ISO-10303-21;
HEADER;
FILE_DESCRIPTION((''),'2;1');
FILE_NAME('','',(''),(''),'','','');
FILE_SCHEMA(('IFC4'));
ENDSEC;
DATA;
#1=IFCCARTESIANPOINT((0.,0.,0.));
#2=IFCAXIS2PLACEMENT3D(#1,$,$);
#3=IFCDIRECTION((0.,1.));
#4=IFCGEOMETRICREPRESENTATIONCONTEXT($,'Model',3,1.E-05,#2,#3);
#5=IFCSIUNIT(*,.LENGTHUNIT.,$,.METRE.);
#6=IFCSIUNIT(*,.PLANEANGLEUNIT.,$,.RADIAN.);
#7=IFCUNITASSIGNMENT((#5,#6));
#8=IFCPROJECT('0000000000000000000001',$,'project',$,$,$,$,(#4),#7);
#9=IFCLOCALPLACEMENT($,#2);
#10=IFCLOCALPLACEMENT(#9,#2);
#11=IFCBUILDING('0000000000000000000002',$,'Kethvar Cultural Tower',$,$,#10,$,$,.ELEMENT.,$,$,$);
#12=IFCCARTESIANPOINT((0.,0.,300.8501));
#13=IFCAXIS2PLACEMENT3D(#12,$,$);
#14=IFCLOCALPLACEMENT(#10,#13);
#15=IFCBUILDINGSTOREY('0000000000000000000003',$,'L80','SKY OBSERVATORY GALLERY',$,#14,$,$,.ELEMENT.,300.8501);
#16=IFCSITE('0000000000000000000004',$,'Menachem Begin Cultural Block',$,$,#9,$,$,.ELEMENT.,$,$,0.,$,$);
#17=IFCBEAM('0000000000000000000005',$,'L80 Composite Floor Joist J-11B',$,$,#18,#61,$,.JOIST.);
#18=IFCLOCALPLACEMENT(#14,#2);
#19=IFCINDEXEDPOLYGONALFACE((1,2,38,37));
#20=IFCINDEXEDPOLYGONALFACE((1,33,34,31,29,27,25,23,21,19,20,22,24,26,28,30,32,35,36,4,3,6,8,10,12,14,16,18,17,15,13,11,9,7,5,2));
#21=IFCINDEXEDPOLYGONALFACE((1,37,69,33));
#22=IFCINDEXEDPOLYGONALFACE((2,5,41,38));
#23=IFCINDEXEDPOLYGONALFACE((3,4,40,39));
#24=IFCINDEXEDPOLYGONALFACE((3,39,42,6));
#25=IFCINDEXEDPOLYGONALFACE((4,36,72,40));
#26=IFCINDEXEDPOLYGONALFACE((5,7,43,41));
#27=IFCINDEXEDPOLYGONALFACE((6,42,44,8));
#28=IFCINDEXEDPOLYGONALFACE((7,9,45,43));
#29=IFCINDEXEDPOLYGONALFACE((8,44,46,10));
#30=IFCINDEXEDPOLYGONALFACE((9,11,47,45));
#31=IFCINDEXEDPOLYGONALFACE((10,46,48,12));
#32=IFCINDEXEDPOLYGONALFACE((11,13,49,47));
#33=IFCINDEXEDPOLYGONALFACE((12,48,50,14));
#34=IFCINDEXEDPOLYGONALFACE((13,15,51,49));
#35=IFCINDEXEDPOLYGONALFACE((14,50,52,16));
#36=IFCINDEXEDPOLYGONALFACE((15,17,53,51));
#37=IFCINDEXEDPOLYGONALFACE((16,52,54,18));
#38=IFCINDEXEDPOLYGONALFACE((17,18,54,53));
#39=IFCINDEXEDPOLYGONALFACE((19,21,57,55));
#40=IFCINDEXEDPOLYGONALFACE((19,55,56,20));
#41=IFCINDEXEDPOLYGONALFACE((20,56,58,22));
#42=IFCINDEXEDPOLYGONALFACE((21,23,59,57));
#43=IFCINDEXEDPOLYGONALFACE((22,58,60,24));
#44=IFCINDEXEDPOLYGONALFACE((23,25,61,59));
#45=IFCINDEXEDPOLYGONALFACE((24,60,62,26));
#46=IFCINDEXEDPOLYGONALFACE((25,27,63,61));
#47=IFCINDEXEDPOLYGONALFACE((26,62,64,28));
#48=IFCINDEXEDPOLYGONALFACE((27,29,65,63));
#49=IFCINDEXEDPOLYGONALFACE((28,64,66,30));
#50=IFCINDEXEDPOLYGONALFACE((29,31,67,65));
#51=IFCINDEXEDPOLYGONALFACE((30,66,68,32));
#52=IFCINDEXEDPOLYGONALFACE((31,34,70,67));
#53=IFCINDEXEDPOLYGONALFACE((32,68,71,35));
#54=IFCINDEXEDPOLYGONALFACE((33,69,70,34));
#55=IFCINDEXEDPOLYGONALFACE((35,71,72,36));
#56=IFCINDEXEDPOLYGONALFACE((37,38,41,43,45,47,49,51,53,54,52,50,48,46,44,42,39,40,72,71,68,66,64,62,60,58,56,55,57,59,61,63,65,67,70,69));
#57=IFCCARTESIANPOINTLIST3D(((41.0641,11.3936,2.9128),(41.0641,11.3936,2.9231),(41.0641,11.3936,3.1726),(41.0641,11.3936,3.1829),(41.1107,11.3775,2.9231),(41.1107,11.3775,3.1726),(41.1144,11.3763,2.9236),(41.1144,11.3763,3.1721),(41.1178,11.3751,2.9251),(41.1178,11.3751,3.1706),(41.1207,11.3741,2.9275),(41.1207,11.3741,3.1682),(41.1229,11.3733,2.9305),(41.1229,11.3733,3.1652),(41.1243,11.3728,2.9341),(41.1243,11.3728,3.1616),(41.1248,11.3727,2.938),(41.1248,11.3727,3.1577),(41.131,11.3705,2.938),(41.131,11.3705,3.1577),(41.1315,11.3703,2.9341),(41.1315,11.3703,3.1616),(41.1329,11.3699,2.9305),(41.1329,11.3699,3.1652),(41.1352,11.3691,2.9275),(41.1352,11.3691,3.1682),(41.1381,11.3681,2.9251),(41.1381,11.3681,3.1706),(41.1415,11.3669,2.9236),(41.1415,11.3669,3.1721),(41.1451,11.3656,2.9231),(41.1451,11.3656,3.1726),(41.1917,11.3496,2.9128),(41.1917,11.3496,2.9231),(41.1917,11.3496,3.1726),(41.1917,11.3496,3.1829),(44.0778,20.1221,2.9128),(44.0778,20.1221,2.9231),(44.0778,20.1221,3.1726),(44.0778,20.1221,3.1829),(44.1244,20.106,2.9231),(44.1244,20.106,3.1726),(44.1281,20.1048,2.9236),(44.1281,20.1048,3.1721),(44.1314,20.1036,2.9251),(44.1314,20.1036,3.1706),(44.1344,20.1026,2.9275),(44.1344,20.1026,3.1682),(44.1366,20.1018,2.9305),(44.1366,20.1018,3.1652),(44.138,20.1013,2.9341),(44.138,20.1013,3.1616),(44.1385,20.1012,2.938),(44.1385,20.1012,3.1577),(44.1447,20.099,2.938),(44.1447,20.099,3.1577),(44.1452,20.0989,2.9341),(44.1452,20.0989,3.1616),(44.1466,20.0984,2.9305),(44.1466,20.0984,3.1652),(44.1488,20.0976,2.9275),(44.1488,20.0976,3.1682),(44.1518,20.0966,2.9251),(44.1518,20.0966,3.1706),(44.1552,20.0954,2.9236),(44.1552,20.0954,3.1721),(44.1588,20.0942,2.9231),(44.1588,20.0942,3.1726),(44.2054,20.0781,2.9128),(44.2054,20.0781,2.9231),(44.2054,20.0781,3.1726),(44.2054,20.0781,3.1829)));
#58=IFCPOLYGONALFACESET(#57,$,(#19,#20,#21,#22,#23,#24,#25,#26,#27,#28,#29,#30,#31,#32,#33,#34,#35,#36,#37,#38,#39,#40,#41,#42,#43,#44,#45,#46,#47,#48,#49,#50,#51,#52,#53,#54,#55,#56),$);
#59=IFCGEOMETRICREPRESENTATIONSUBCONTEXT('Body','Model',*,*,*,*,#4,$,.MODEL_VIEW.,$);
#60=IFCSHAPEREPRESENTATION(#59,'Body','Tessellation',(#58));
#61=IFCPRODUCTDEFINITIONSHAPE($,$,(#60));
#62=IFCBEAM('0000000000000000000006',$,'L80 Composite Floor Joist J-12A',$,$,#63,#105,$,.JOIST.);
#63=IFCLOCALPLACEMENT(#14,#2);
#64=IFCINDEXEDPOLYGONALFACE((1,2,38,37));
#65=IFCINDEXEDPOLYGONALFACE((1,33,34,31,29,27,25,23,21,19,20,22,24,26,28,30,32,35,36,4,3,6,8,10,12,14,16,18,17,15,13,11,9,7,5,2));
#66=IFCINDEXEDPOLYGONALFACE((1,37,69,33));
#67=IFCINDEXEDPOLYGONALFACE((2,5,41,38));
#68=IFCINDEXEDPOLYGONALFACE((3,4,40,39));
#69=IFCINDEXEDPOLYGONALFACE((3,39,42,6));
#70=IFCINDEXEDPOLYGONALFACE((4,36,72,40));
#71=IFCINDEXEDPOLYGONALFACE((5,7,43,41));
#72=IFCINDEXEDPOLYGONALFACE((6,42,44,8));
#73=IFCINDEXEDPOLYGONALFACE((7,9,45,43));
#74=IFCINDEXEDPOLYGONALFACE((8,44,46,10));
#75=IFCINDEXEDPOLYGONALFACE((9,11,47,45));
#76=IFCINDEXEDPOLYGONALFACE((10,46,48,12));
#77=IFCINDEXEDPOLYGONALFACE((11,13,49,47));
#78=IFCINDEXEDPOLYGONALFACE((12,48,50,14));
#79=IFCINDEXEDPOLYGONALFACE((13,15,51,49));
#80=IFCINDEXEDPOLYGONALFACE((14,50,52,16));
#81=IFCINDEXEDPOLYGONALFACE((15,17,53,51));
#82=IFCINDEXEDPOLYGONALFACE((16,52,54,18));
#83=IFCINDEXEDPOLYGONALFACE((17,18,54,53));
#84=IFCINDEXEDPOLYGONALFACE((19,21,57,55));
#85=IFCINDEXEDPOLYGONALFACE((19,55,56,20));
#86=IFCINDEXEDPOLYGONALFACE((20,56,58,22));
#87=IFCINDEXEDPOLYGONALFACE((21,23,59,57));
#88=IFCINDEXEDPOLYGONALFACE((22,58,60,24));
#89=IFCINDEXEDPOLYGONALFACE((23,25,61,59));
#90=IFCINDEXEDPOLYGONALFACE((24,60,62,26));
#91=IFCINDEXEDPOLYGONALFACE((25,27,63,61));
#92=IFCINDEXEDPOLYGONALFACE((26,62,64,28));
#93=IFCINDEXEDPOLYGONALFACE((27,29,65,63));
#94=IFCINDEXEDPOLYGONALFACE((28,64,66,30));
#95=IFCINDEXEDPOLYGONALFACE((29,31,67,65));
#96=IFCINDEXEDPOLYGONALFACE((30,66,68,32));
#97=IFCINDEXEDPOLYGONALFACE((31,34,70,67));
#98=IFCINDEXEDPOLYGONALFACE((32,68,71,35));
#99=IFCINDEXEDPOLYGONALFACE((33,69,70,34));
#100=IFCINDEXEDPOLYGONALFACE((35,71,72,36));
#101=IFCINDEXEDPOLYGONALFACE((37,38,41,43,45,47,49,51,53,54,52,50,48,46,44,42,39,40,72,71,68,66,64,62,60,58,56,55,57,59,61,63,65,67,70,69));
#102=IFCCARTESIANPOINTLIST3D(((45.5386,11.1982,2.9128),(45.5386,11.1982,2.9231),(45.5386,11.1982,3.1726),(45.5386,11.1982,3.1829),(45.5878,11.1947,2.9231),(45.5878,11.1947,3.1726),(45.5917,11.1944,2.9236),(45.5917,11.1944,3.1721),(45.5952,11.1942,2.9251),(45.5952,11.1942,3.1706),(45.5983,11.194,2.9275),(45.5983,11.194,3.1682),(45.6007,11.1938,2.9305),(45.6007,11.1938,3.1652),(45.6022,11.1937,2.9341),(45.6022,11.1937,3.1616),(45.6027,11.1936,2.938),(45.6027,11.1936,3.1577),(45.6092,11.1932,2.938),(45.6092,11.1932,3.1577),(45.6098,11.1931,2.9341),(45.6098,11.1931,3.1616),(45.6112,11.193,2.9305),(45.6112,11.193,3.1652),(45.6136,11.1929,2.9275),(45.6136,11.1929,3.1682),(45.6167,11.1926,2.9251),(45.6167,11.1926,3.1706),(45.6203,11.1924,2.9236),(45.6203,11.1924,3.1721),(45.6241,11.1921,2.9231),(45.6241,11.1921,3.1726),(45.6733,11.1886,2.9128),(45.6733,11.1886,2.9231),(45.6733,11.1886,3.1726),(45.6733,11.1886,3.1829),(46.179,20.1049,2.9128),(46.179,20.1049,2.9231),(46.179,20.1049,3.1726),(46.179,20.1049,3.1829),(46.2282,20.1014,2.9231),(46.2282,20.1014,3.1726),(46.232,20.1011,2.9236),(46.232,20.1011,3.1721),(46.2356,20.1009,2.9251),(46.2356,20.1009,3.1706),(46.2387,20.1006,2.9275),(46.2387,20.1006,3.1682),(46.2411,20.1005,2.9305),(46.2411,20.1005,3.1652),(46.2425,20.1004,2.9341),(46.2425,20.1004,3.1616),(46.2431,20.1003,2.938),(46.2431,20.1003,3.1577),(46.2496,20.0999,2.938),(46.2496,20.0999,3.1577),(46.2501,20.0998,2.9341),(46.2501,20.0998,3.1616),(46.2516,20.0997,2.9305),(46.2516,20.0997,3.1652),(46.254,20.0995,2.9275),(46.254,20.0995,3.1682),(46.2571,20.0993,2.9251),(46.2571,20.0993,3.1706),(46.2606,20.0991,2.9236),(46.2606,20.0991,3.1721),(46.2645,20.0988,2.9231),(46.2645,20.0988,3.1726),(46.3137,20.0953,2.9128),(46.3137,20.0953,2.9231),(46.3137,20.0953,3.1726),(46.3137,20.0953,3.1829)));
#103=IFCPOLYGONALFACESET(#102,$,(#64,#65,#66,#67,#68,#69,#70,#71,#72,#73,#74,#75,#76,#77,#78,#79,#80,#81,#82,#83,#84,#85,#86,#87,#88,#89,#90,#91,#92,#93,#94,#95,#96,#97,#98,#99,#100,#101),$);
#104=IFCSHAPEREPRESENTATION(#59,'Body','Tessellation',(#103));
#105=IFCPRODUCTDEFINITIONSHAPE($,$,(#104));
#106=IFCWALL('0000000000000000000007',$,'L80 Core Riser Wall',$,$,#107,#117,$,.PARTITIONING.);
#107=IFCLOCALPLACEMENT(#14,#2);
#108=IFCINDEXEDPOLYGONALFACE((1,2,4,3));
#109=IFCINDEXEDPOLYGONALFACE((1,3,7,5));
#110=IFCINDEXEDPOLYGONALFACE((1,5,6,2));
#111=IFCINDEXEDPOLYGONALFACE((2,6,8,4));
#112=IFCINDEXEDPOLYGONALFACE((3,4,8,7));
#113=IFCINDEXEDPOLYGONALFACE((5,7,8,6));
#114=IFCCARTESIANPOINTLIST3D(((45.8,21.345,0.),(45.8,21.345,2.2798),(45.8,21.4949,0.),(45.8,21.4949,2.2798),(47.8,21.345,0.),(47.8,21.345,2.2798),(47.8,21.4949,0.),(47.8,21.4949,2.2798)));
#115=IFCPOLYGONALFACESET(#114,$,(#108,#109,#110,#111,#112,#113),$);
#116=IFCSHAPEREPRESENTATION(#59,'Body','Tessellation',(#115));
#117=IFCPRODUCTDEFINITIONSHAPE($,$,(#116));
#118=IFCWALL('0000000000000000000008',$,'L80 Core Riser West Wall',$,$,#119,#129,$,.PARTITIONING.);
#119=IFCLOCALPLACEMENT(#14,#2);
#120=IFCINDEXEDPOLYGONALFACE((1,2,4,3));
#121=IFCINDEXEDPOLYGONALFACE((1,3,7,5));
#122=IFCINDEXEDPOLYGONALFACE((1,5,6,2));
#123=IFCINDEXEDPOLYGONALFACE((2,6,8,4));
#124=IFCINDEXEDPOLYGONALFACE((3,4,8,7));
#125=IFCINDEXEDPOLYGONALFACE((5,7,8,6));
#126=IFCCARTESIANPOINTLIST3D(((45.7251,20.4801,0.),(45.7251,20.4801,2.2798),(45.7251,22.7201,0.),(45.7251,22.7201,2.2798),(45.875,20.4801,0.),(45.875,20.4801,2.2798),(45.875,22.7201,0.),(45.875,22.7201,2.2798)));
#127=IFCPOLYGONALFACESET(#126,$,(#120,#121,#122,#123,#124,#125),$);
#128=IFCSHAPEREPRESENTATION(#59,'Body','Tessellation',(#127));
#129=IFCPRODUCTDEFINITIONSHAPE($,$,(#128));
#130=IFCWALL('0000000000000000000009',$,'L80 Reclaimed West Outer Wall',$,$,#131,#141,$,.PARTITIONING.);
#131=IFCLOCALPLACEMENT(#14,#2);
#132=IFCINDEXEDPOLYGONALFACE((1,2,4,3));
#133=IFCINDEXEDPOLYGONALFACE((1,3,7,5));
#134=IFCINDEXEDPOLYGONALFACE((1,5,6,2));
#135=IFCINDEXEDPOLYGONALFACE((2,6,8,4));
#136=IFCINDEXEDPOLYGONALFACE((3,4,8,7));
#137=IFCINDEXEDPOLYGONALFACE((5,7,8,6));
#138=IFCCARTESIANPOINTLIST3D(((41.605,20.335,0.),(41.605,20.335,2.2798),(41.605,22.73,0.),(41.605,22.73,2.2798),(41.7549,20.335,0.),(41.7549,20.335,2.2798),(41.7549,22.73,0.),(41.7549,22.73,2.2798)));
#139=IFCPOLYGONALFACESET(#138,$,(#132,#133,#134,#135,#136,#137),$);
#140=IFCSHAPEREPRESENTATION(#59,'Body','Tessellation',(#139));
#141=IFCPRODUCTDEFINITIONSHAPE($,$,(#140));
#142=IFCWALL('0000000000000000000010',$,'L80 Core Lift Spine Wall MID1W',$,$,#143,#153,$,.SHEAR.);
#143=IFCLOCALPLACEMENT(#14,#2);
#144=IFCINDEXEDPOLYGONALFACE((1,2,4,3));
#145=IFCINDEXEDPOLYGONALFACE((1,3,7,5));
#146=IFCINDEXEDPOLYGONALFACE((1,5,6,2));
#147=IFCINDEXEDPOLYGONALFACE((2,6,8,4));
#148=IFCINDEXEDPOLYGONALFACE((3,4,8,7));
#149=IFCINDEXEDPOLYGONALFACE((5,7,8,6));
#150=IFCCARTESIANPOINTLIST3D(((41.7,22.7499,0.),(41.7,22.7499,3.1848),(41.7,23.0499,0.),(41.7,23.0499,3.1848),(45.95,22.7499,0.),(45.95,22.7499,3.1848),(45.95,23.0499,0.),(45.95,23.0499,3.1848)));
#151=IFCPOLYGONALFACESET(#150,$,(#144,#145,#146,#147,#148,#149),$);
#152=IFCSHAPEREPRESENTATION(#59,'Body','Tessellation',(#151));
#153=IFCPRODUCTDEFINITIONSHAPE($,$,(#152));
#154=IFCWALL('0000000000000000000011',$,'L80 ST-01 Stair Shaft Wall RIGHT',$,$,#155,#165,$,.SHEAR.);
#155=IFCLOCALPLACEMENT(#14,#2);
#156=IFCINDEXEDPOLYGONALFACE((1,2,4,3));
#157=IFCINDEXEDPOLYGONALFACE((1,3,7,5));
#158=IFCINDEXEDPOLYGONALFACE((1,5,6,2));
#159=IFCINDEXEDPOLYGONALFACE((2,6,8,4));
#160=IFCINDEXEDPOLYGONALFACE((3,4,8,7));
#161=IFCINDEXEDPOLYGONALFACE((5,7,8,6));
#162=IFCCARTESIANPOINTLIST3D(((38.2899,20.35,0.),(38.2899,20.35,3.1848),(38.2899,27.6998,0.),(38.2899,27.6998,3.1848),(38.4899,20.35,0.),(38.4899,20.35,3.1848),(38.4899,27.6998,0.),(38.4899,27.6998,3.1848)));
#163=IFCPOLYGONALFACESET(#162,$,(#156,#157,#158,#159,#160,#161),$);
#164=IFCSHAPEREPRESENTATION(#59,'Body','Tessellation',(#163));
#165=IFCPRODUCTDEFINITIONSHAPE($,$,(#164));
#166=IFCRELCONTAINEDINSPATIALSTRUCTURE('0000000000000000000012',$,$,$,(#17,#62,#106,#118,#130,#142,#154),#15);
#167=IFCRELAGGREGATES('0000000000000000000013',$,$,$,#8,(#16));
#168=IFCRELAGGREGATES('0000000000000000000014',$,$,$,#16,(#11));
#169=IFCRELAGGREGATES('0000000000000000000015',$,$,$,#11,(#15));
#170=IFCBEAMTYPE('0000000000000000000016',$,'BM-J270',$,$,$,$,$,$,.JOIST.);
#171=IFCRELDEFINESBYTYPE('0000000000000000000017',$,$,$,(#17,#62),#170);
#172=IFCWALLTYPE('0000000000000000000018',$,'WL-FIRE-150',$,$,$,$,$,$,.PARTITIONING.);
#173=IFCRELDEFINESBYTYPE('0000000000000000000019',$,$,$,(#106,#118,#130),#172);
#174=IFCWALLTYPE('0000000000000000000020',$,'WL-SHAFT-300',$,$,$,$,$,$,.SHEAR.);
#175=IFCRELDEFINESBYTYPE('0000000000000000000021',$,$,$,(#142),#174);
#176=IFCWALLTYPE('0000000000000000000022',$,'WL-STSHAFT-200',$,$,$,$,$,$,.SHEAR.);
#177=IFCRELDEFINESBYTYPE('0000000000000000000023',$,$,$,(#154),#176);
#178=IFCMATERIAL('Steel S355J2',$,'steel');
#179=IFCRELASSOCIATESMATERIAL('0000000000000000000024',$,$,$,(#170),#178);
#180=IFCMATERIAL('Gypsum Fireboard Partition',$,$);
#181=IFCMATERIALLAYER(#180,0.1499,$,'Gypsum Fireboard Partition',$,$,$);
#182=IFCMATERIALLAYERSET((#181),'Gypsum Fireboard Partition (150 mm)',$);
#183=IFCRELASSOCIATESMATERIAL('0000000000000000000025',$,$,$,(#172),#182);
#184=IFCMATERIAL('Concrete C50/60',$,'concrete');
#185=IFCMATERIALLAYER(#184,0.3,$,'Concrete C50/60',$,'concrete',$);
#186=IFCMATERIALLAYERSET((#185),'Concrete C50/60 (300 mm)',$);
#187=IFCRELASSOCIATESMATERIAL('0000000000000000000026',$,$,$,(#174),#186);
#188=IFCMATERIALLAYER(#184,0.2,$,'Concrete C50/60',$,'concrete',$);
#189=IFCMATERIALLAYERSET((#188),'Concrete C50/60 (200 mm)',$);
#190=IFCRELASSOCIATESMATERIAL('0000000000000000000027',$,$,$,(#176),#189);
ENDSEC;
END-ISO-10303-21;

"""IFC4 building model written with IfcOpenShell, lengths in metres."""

from ifc_helpers import new_model, si_unit, direction, frame, frame_2d, origin, origin_2d, place, context, subcontext, project, spatial, rectangle, i_section, extrude, source, transform, mapped, material, layer, layer_set, material_profile, profile_set, type_object, element, save


model = new_model("IFC4")

# Units and contexts
model_context = context("Model", 3, precision=1e-05, world=origin(), true_north=direction((0.0, 1.0)))
body_context = subcontext(model_context, "Body", "Model", "MODEL_VIEW")
ifc_project = project(units=[si_unit("LENGTHUNIT", "METRE"), si_unit("PLANEANGLEUNIT", "RADIAN")], contexts=[model_context])

# Site, building, storey
site_placement = place(None, origin())
site = spatial("IfcSite", under=ifc_project, at=site_placement, Name="Menachem Begin Cultural Block", CompositionType="ELEMENT", RefElevation=0.0)
building_placement = place(site_placement, origin())
building = spatial("IfcBuilding", under=site, at=building_placement, Name="Kethvar Cultural Tower", CompositionType="ELEMENT")
storey_placement = place(building_placement, frame((0.0, 0.0, 300.8501)))
storey = spatial("IfcBuildingStorey", under=building, at=storey_placement, Name="L80", Description="SKY OBSERVATORY GALLERY", CompositionType="ELEMENT", Elevation=300.8501)

# Beams
ifc_material_1 = material(Name="Steel S355J2", Category="steel")
ifc_material_profile_1 = material_profile(ifc_material_1, i_section(OverallWidth=0.135, OverallDepth=0.27, WebThickness=0.0066, FlangeThickness=0.0103, FilletRadius=0.0149, at=origin_2d()), Name="Steel S355J2 — IPE270")
ifc_profile_set_1 = profile_set([ifc_material_profile_1], Name="Steel S355J2 — IPE270")
beam_type_1 = type_object("IfcBeamType", Name="BM-J270", PredefinedType="JOIST", material=ifc_profile_set_1)
shared_shape_1 = source(origin(), body_context, "Body", "SweptSolid", [
    extrude(i_section(OverallWidth=0.135, OverallDepth=0.27, WebThickness=0.0066, FlangeThickness=0.0103, FilletRadius=0.0149, at=origin_2d()), origin(), (0.0, 0.0, 1.0), 9.2341),
])
beam_1_placement = place(storey_placement, frame((44.1416, 20.1001, 3.0479), z_axis=(-0.326362, -0.945245, 0.0), x_axis=(0.945245, -0.326362, 0.0)))
element("IfcBeam", 1, at=beam_1_placement, inside=storey, type_object=beam_type_1, Name="L80 Composite Floor Joist J-11B", PredefinedType="JOIST", context=body_context, shape_type="MappedRepresentation", body=[
    mapped(shared_shape_1, transform((0.0, 0.0, 0.0), scale=1.0)),
])
shared_shape_2 = source(origin(), body_context, "Body", "SweptSolid", [
    extrude(i_section(OverallWidth=0.135, OverallDepth=0.27, WebThickness=0.0066, FlangeThickness=0.0103, FilletRadius=0.0149, at=origin_2d()), origin(), (0.0, 0.0, 1.0), 8.9297),
])
beam_2_placement = place(storey_placement, frame((46.2463, 20.1001, 3.0479), z_axis=(-0.071713, -0.997425, 0.0), x_axis=(0.997425, -0.071713, 0.0)))
element("IfcBeam", 2, at=beam_2_placement, inside=storey, type_object=beam_type_1, Name="L80 Composite Floor Joist J-12A", PredefinedType="JOIST", context=body_context, shape_type="MappedRepresentation", body=[
    mapped(shared_shape_2, transform((0.0, 0.0, 0.0), scale=1.0)),
])

# Shared definitions
ifc_material_2 = material(Name="Concrete C50/60", Category="concrete")

# Walls
ifc_material_3 = material(Name="Gypsum Fireboard Partition")
ifc_layer_1 = layer(ifc_material_3, 0.1499, Name="Gypsum Fireboard Partition")
ifc_layer_set_1 = layer_set([ifc_layer_1], Name="Gypsum Fireboard Partition (150 mm)")
wall_type_1 = type_object("IfcWallType", Name="WL-FIRE-150", PredefinedType="PARTITIONING", material=ifc_layer_set_1)
wall_1_placement = place(storey_placement, frame((45.8, 21.4199, 0.0), z_axis=(0.0, 0.0, 1.0), x_axis=(1.0, 0.0, 0.0)))
element("IfcWall", 3, at=wall_1_placement, inside=storey, type_object=wall_type_1, Name="L80 Core Riser Wall", PredefinedType="PARTITIONING", context=body_context, shape_type="SweptSolid", body=[
    extrude(rectangle(XDim=2.0, YDim=0.1499, at=frame_2d((1.0, 0.0))), origin(), (0.0, 0.0, 1.0), 2.2798),
])
wall_2_placement = place(storey_placement, frame((45.8, 20.48, 0.0), z_axis=(0.0, 0.0, 1.0), x_axis=(0.0, 1.0, 0.0)))
element("IfcWall", 4, at=wall_2_placement, inside=storey, type_object=wall_type_1, Name="L80 Core Riser West Wall", PredefinedType="PARTITIONING", context=body_context, shape_type="SweptSolid", body=[
    extrude(rectangle(XDim=2.24, YDim=0.1499, at=frame_2d((1.1201, 0.0))), origin(), (0.0, 0.0, 1.0), 2.2798),
])
wall_3_placement = place(storey_placement, frame((41.6799, 20.335, 0.0), z_axis=(0.0, 0.0, 1.0), x_axis=(0.0, 1.0, 0.0)))
element("IfcWall", 5, at=wall_3_placement, inside=storey, type_object=wall_type_1, Name="L80 Reclaimed West Outer Wall", PredefinedType="PARTITIONING", context=body_context, shape_type="SweptSolid", body=[
    extrude(rectangle(XDim=2.395, YDim=0.1499, at=frame_2d((1.1975, 0.0))), origin(), (0.0, 0.0, 1.0), 2.2798),
])
ifc_layer_2 = layer(ifc_material_2, 0.3, Name="Concrete C50/60", Category="concrete")
ifc_layer_set_2 = layer_set([ifc_layer_2], Name="Concrete C50/60 (300 mm)")
wall_type_2 = type_object("IfcWallType", Name="WL-SHAFT-300", PredefinedType="SHEAR", material=ifc_layer_set_2)
wall_4_placement = place(storey_placement, frame((41.7, 22.8999, 0.0), z_axis=(0.0, 0.0, 1.0), x_axis=(1.0, 0.0, 0.0)))
element("IfcWall", 6, at=wall_4_placement, inside=storey, type_object=wall_type_2, Name="L80 Core Lift Spine Wall MID1W", PredefinedType="SHEAR", context=body_context, shape_type="SweptSolid", body=[
    extrude(rectangle(XDim=4.25, YDim=0.3, at=frame_2d((2.125, 0.0))), origin(), (0.0, 0.0, 1.0), 3.1848),
])

# Wall
ifc_layer_3 = layer(ifc_material_2, 0.2, Name="Concrete C50/60", Category="concrete")
ifc_layer_set_3 = layer_set([ifc_layer_3], Name="Concrete C50/60 (200 mm)")
wall_type_3 = type_object("IfcWallType", Name="WL-STSHAFT-200", PredefinedType="SHEAR", material=ifc_layer_set_3)
wall_5_placement = place(storey_placement, frame((38.3899, 20.3501, 0.0), z_axis=(0.0, 0.0, 1.0), x_axis=(0.0, 1.0, 0.0)))
element("IfcWall", 7, at=wall_5_placement, inside=storey, type_object=wall_type_3, Name="L80 ST-01 Stair Shaft Wall RIGHT", PredefinedType="SHEAR", context=body_context, shape_type="SweptSolid", body=[
    extrude(rectangle(XDim=7.3499, YDim=0.2, at=frame_2d((3.6748, 0.0))), origin(), (0.0, 0.0, 1.0), 3.1848),
])

save(model, "model.ifc")
